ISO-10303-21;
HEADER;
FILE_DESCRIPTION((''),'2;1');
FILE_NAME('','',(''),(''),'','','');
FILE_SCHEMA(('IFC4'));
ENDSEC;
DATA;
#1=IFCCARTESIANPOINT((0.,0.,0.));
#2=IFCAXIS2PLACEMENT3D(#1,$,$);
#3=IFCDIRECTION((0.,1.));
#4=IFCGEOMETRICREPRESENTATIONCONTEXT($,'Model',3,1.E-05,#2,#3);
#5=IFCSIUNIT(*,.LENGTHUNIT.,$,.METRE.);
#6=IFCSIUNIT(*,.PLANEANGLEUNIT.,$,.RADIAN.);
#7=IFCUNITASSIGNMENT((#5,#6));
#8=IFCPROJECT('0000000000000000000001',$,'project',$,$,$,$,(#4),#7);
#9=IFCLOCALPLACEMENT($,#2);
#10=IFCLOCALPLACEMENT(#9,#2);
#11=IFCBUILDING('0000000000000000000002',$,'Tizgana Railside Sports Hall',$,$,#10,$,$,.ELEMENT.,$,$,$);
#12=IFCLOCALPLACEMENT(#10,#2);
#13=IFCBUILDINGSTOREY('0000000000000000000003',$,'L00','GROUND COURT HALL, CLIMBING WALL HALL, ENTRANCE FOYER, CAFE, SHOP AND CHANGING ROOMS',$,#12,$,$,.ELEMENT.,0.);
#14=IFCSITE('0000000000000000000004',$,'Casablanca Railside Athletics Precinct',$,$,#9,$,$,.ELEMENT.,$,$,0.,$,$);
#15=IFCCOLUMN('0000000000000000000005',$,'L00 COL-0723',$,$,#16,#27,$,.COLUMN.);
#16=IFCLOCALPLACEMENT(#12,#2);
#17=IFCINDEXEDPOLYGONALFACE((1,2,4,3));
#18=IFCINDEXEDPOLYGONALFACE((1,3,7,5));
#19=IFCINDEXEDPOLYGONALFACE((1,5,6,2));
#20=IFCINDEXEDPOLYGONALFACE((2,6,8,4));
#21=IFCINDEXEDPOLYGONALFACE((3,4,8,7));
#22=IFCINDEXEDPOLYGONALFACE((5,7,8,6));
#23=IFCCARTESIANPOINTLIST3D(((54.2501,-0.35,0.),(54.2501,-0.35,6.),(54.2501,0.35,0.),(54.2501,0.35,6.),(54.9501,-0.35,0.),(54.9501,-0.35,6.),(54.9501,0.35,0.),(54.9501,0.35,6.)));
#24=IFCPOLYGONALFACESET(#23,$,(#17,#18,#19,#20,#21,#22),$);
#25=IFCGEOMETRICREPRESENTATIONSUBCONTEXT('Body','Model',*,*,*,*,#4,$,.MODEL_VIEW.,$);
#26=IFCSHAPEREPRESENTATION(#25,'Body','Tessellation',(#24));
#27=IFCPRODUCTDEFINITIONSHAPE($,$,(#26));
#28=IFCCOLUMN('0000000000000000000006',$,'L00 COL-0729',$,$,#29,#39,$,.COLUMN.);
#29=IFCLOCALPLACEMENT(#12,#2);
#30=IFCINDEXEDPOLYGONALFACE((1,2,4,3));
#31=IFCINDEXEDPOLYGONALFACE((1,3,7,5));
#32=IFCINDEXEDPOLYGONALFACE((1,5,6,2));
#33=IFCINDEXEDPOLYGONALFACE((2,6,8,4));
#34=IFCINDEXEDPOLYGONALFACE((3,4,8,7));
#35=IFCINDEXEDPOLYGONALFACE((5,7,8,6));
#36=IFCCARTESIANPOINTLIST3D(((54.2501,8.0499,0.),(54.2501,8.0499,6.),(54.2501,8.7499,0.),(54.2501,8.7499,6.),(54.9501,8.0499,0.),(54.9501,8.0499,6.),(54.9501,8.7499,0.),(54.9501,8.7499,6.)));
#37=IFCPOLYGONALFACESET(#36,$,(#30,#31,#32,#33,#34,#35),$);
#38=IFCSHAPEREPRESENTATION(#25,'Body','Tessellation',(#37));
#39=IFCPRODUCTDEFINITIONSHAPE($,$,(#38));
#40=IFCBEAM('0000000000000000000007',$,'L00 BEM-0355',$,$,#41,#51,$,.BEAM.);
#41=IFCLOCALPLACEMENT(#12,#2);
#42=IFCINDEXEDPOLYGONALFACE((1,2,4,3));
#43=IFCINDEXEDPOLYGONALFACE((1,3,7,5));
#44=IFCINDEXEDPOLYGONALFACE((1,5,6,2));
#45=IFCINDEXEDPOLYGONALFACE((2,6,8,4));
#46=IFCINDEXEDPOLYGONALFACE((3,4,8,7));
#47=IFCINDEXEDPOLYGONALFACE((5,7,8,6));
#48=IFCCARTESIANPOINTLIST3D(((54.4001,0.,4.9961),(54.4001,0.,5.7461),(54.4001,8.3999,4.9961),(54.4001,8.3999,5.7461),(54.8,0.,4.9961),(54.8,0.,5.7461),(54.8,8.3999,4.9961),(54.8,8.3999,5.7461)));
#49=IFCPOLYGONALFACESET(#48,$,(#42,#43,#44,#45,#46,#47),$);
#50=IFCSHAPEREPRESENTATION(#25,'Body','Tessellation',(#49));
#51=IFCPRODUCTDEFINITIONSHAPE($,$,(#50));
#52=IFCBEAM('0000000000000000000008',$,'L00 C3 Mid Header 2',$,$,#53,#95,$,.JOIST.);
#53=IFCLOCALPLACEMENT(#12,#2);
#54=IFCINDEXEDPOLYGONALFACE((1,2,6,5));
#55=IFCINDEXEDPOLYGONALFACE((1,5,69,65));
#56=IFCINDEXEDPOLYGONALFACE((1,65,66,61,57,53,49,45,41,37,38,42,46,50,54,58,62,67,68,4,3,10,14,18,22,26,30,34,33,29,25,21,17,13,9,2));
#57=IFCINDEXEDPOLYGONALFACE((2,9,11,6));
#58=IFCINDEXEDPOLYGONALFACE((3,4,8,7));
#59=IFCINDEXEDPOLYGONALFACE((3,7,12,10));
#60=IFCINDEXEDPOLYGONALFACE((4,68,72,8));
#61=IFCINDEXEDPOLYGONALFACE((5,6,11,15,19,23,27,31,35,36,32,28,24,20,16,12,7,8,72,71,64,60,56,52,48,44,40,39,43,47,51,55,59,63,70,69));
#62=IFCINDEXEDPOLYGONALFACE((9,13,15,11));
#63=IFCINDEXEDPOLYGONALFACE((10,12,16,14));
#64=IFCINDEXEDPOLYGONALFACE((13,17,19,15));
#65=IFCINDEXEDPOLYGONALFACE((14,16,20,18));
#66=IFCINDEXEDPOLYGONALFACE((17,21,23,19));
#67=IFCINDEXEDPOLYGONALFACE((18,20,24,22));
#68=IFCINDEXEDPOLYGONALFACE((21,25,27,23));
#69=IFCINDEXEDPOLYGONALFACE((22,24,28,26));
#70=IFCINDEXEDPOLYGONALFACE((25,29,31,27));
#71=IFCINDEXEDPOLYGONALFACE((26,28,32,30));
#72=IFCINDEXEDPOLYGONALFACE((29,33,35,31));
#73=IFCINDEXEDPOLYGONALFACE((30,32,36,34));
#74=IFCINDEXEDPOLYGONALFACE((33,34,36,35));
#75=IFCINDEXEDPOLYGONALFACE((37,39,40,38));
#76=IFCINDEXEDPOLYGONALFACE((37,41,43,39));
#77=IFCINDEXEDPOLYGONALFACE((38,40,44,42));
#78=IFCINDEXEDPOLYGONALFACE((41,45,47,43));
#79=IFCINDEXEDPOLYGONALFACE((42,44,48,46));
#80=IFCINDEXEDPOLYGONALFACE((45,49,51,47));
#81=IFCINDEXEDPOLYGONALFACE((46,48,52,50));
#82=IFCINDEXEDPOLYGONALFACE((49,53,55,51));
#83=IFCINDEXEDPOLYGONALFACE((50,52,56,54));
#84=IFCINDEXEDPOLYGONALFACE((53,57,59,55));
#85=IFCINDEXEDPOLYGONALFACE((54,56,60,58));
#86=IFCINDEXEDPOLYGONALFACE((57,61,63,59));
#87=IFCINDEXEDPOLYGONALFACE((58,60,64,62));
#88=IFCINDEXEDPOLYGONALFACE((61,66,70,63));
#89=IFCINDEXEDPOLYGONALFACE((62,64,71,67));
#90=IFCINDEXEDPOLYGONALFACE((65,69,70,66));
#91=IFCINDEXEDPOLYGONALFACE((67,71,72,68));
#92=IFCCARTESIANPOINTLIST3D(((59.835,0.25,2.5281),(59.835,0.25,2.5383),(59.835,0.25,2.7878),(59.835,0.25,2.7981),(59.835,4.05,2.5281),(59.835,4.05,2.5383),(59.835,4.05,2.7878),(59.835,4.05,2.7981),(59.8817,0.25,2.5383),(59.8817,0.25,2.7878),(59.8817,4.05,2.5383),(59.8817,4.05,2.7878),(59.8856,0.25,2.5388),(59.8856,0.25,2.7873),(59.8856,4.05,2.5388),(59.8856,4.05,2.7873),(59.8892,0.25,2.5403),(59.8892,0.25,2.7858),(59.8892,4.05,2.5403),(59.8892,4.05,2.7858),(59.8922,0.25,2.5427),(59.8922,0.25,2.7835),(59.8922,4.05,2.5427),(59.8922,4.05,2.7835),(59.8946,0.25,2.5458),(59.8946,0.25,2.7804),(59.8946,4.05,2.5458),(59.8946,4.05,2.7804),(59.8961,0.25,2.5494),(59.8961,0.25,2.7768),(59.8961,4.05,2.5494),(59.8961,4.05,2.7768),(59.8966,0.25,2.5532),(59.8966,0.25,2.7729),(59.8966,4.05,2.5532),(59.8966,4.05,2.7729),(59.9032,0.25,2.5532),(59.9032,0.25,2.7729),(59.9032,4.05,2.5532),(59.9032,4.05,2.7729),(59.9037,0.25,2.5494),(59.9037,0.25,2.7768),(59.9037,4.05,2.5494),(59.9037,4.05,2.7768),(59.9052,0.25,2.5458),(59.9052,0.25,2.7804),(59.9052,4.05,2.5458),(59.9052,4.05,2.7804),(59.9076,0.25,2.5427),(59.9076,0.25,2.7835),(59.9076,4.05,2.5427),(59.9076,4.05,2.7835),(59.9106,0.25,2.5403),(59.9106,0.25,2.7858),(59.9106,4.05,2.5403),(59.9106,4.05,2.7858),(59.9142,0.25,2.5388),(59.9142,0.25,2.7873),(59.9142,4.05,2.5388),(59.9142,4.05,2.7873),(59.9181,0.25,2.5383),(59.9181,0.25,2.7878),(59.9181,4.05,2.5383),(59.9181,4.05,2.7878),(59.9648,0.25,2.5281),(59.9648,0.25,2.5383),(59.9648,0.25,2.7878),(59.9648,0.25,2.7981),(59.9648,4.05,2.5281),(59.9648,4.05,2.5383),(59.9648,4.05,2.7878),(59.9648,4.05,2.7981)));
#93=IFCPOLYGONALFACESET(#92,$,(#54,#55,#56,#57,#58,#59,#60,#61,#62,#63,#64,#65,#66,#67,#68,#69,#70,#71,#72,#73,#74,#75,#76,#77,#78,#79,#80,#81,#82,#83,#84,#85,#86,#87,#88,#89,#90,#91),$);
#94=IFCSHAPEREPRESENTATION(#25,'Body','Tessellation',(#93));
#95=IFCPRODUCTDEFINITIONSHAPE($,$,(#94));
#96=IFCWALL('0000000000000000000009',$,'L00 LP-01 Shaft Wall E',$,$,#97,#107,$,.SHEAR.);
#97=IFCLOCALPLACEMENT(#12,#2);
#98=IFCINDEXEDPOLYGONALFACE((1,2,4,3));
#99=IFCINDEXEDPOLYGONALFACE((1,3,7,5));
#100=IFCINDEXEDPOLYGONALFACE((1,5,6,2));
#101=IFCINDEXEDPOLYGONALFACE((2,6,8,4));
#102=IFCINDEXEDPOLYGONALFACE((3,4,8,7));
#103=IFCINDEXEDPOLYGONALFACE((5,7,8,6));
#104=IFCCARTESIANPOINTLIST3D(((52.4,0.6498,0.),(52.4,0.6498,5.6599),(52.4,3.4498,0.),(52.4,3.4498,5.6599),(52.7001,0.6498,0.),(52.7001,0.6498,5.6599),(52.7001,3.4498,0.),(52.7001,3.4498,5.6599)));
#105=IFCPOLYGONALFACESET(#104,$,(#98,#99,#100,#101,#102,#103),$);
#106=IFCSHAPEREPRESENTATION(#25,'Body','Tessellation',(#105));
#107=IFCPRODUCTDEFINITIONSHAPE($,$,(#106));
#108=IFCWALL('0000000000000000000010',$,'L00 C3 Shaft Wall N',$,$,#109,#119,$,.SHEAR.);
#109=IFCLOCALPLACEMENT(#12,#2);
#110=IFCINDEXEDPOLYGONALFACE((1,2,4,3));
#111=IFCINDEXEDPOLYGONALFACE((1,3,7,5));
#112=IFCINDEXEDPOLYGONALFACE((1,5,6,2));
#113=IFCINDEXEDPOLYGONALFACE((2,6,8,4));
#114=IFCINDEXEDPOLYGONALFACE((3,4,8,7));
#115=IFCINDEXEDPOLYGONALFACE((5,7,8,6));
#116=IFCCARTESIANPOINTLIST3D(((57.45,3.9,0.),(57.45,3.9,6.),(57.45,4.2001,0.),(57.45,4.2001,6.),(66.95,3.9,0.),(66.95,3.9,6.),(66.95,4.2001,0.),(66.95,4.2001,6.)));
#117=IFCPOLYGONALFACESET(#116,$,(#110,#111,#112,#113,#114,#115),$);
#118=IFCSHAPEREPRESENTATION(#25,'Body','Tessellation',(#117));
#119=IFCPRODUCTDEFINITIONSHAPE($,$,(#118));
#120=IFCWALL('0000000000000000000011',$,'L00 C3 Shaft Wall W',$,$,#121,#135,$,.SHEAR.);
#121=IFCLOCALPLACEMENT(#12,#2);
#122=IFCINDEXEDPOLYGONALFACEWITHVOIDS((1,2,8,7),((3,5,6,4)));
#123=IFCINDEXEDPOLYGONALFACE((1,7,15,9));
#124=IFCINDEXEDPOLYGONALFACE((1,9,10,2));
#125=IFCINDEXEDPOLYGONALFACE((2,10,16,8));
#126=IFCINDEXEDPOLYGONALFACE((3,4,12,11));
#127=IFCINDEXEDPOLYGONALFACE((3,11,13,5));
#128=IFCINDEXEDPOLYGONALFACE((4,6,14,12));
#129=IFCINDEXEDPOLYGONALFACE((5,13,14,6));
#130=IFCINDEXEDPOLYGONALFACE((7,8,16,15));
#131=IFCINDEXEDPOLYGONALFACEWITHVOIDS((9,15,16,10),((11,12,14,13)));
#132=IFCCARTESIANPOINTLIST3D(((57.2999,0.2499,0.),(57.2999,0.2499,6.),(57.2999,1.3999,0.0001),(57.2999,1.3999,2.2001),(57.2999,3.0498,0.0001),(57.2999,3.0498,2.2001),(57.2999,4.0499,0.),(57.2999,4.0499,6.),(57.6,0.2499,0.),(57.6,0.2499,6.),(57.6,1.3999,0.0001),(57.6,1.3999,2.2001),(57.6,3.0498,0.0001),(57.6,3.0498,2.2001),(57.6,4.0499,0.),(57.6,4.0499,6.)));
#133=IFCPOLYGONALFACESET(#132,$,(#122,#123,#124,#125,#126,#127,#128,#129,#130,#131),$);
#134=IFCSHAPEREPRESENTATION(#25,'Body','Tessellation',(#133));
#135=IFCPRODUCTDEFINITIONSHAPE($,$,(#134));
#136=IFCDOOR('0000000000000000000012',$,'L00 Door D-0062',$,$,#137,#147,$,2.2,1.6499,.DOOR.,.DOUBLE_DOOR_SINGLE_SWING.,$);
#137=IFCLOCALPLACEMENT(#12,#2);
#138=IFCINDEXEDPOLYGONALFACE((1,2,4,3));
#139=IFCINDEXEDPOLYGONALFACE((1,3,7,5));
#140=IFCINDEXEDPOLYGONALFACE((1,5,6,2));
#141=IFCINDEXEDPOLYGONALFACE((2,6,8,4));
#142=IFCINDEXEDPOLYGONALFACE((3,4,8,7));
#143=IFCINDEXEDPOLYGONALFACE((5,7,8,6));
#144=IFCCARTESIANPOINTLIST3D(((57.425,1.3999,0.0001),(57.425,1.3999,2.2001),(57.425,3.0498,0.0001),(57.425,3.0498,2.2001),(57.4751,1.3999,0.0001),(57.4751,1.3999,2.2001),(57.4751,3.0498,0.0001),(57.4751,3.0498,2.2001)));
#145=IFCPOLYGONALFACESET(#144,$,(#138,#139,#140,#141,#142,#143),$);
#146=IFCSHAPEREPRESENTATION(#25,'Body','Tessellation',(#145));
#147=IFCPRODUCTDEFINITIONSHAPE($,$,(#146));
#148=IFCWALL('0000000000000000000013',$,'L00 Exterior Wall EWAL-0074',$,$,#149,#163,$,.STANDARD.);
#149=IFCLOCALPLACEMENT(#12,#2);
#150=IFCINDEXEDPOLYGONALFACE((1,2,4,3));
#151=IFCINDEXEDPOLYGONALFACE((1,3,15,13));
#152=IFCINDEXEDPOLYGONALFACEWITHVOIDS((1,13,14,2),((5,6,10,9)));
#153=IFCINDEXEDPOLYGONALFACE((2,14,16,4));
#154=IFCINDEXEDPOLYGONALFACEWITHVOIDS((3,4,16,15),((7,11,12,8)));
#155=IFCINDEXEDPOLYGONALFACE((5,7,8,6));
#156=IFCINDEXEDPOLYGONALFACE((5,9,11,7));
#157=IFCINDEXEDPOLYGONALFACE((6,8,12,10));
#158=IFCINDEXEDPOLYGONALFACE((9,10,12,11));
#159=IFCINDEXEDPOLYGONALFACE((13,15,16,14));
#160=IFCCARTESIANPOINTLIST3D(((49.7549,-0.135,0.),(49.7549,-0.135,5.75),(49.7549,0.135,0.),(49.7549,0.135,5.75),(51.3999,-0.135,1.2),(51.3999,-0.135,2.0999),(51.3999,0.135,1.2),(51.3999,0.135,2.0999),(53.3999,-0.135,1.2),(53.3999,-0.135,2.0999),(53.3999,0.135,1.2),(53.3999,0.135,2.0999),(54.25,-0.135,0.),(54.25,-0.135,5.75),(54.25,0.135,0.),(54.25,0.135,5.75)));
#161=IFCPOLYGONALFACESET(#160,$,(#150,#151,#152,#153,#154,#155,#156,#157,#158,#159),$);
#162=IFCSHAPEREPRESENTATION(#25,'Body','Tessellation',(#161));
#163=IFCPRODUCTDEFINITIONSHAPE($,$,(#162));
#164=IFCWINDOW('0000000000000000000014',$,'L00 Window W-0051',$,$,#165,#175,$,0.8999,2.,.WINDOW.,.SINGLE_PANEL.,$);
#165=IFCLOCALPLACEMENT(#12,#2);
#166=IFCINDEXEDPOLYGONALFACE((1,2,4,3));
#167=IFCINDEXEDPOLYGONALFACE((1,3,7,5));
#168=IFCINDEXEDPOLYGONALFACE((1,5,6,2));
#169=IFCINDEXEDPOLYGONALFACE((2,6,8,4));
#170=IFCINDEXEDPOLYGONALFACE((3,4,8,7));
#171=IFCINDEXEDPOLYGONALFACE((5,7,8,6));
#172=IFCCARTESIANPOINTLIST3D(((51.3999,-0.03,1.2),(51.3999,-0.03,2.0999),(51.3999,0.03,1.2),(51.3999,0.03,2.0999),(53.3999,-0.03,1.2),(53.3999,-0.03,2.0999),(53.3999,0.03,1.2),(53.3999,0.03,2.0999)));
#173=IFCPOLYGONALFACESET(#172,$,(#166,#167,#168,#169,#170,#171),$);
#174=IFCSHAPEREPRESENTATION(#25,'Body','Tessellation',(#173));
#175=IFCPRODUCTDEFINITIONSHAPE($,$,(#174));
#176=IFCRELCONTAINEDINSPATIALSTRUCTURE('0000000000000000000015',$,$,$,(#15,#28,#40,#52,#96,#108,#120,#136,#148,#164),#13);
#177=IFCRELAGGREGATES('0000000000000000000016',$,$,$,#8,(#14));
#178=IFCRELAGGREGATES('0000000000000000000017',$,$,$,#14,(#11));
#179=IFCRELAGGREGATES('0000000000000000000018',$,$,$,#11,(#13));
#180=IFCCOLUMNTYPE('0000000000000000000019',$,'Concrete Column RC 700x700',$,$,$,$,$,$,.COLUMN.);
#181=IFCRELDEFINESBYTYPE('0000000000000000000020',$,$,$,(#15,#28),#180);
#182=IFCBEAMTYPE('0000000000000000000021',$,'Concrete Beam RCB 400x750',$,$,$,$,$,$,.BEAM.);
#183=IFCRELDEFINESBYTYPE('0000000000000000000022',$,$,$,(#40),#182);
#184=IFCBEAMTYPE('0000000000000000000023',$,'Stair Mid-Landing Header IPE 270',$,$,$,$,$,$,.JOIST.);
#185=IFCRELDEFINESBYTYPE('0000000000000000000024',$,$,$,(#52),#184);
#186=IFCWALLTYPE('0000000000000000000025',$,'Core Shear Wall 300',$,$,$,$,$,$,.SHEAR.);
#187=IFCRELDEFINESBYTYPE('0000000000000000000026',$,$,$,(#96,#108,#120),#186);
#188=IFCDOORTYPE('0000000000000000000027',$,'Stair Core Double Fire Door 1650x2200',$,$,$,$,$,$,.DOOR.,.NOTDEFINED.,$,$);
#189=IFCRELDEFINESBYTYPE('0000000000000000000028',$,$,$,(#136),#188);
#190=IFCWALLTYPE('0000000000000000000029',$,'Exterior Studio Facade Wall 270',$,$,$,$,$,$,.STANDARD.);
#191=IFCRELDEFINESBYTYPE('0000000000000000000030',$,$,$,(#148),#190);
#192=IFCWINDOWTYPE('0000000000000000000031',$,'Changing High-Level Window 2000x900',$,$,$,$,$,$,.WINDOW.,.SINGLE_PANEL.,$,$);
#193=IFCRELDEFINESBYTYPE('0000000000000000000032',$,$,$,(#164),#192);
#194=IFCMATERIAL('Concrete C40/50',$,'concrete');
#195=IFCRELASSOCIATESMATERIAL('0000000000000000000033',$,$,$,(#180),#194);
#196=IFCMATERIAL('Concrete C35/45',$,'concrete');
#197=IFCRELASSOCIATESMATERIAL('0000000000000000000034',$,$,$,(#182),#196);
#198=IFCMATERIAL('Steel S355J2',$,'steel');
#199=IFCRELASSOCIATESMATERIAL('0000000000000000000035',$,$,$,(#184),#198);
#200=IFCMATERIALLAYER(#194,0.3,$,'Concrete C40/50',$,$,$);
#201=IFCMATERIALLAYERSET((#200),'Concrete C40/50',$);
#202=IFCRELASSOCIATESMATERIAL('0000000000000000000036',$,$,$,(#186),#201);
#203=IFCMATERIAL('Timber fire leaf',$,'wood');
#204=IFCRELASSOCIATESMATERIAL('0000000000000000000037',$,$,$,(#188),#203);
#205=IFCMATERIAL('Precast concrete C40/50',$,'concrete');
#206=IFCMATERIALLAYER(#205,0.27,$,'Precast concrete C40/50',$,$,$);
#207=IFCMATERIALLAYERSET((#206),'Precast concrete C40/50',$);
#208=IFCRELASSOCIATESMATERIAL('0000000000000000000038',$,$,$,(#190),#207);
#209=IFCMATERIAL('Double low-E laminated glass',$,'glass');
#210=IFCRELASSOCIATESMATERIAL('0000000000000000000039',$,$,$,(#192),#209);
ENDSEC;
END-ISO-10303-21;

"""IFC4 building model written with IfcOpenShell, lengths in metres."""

from ifc_helpers import new_model, si_unit, direction, frame, frame_2d, origin, origin_2d, place, context, subcontext, project, spatial, rectangle, i_section, extrude, material, layer, layer_set, material_profile, profile_set, type_object, element, fill, save


model = new_model("IFC4")

# Units and contexts
model_context = context("Model", 3, precision=1e-05, world=origin(), true_north=direction((0.0, 1.0)))
body_context = subcontext(model_context, "Body", "Model", "MODEL_VIEW")
ifc_project = project(units=[si_unit("LENGTHUNIT", "METRE"), si_unit("PLANEANGLEUNIT", "RADIAN")], contexts=[model_context])

# Site, building, storey
site_placement = place(None, origin())
site = spatial("IfcSite", under=ifc_project, at=site_placement, Name="Casablanca Railside Athletics Precinct", CompositionType="ELEMENT", RefElevation=0.0)
building_placement = place(site_placement, origin())
building = spatial("IfcBuilding", under=site, at=building_placement, Name="Tizgana Railside Sports Hall", CompositionType="ELEMENT")
storey_placement = place(building_placement, origin())
storey = spatial("IfcBuildingStorey", under=building, at=storey_placement, Name="L00", Description="GROUND COURT HALL, CLIMBING WALL HALL, ENTRANCE FOYER, CAFE, SHOP AND CHANGING ROOMS", CompositionType="ELEMENT", Elevation=0.0)

# Columns
ifc_material_1 = material(Name="Concrete C40/50", Category="concrete")
ifc_material_profile_1 = material_profile(ifc_material_1, rectangle(XDim=0.7, YDim=0.7, at=origin_2d()), Name="RC 700x700")
ifc_profile_set_1 = profile_set([ifc_material_profile_1], Name="Concrete C40/50")
column_type = type_object("IfcColumnType", Name="Concrete Column RC 700x700", PredefinedType="COLUMN", material=ifc_profile_set_1)
for number, where, z_axis, x_axis, name in (
    (1, (54.6001, 0.0, 0.0), (0.0, 0.0, 1.0), (1.0, 0.0, 0.0), "L00 COL-0723"),
    (2, (54.6001, 8.3999, 0.0), (0.0, 0.0, 1.0), (1.0, 0.0, 0.0), "L00 COL-0729"),
):
    element("IfcColumn", number, at=place(storey_placement, frame(where, z_axis=z_axis, x_axis=x_axis)), inside=storey, type_object=column_type, Name=name, PredefinedType="COLUMN", context=body_context, shape_type="SweptSolid", body=[
        extrude(rectangle(XDim=0.7, YDim=0.7, at=origin_2d()), origin(), (0.0, 0.0, 1.0), 6.0),
    ])

# Beams
ifc_material_2 = material(Name="Concrete C35/45", Category="concrete")
ifc_material_profile_2 = material_profile(ifc_material_2, rectangle(XDim=0.3999, YDim=0.75, at=origin_2d()), Name="RCB 400x750")
ifc_profile_set_2 = profile_set([ifc_material_profile_2], Name="Concrete C35/45")
beam_type_1 = type_object("IfcBeamType", Name="Concrete Beam RCB 400x750", PredefinedType="BEAM", material=ifc_profile_set_2)
beam_1_placement = place(storey_placement, frame((54.6001, 0.0, 5.3711), z_axis=(0.0, 1.0, 0.0), x_axis=(-1.0, 0.0, 0.0)))
element("IfcBeam", 3, at=beam_1_placement, inside=storey, type_object=beam_type_1, Name="L00 BEM-0355", PredefinedType="BEAM", context=body_context, shape_type="SweptSolid", body=[
    extrude(rectangle(XDim=0.3999, YDim=0.75, at=origin_2d()), origin(), (0.0, 0.0, 1.0), 8.3999),
])
ifc_material_3 = material(Name="Steel S355J2", Category="steel")
ifc_material_profile_3 = material_profile(ifc_material_3, i_section(OverallWidth=0.1299, OverallDepth=0.27, WebThickness=0.0066, FlangeThickness=0.0103, FilletRadius=0.0149, at=origin_2d()), Name="IPE 270")
ifc_profile_set_3 = profile_set([ifc_material_profile_3], Name="Steel S355J2")
beam_type_2 = type_object("IfcBeamType", Name="Stair Mid-Landing Header IPE 270", PredefinedType="JOIST", material=ifc_profile_set_3)
beam_2_placement = place(storey_placement, frame((59.8999, 0.25, 2.6631), z_axis=(0.0, 1.0, 0.0), x_axis=(-1.0, 0.0, 0.0)))
element("IfcBeam", 4, at=beam_2_placement, inside=storey, type_object=beam_type_2, Name="L00 C3 Mid Header 2", PredefinedType="JOIST", context=body_context, shape_type="SweptSolid", body=[
    extrude(i_section(OverallWidth=0.1299, OverallDepth=0.27, WebThickness=0.0066, FlangeThickness=0.0103, FilletRadius=0.0149, at=origin_2d()), origin(), (0.0, 0.0, 1.0), 3.8),
])

# Walls
ifc_layer_1 = layer(ifc_material_1, 0.3, Name="Concrete C40/50")
ifc_layer_set_1 = layer_set([ifc_layer_1], Name="Concrete C40/50")
wall_type_1 = type_object("IfcWallType", Name="Core Shear Wall 300", PredefinedType="SHEAR", material=ifc_layer_set_1)
wall_1_placement = place(storey_placement, frame((52.55, 0.6499, 0.0), z_axis=(0.0, 0.0, 1.0), x_axis=(0.0, 1.0, 0.0)))
element("IfcWall", 5, at=wall_1_placement, inside=storey, type_object=wall_type_1, Name="L00 LP-01 Shaft Wall E", PredefinedType="SHEAR", context=body_context, shape_type="SweptSolid", body=[
    extrude(rectangle(XDim=2.8, YDim=0.3, at=frame_2d((1.3999, 0.0))), origin(), (0.0, 0.0, 1.0), 5.6599),
])
wall_2_placement = place(storey_placement, frame((57.45, 4.05, 0.0), z_axis=(0.0, 0.0, 1.0), x_axis=(1.0, 0.0, 0.0)))
element("IfcWall", 6, at=wall_2_placement, inside=storey, type_object=wall_type_1, Name="L00 C3 Shaft Wall N", PredefinedType="SHEAR", context=body_context, shape_type="SweptSolid", body=[
    extrude(rectangle(XDim=9.5, YDim=0.3, at=frame_2d((4.75, 0.0))), origin(), (0.0, 0.0, 1.0), 6.0),
])

# Wall, opening, door
wall_3_placement = place(storey_placement, frame((57.45, 0.25, 0.0), z_axis=(0.0, 0.0, 1.0), x_axis=(0.0, 1.0, 0.0)))
wall_3 = element("IfcWall", 7, at=wall_3_placement, inside=storey, type_object=wall_type_1, Name="L00 C3 Shaft Wall W", PredefinedType="SHEAR", context=body_context, shape_type="SweptSolid", body=[
    extrude(rectangle(XDim=3.8, YDim=0.3, at=frame_2d((1.8999, 0.0))), origin(), (0.0, 0.0, 1.0), 6.0),
])
opening_1_placement = place(wall_3_placement, frame((1.1499, 0.0, 0.0)))
opening_1 = element("IfcOpeningElement", 8, at=opening_1_placement, cuts=wall_3, PredefinedType="OPENING", context=body_context, shape_type="SweptSolid", body=[
    extrude(rectangle(XDim=1.6499, YDim=2.2, at=frame_2d((0.825, 1.1001))), frame((0.0, 0.1599, 0.0), z_axis=(0.0, -1.0, 0.0), x_axis=(1.0, 0.0, 0.0)), (0.0, 0.0, 1.0), 0.3201),
])
ifc_material_4 = material(Name="Timber fire leaf", Category="wood")
door_type_1 = type_object("IfcDoorType", Name="Stair Core Double Fire Door 1650x2200", OperationType="NOTDEFINED", PredefinedType="DOOR", material=ifc_material_4)
door_1_placement = place(opening_1_placement, origin())
door_1 = element("IfcDoor", 9, at=door_1_placement, inside=storey, type_object=door_type_1, Name="L00 Door D-0062", OperationType="DOUBLE_DOOR_SINGLE_SWING", OverallHeight=2.2, OverallWidth=1.6499, PredefinedType="DOOR", context=body_context, shape_type="SweptSolid", body=[
    extrude(rectangle(XDim=1.6499, YDim=2.2, at=frame_2d((0.825, 1.1001))), frame((0.0, 0.0249, 0.0), z_axis=(0.0, -1.0, 0.0), x_axis=(1.0, 0.0, 0.0)), (0.0, 0.0, 1.0), 0.05),
])
fill(opening_1, door_1)

# Wall, opening, window
ifc_material_5 = material(Name="Precast concrete C40/50", Category="concrete")
ifc_layer_2 = layer(ifc_material_5, 0.27, Name="Precast concrete C40/50")
ifc_layer_set_2 = layer_set([ifc_layer_2], Name="Precast concrete C40/50")
wall_type_2 = type_object("IfcWallType", Name="Exterior Studio Facade Wall 270", PredefinedType="STANDARD", material=ifc_layer_set_2)
wall_4_placement = place(storey_placement, frame((54.25, 0.0, 0.0), z_axis=(0.0, 0.0, 1.0), x_axis=(-1.0, 0.0, 0.0)))
wall_4 = element("IfcWall", 10, at=wall_4_placement, inside=storey, type_object=wall_type_2, Name="L00 Exterior Wall EWAL-0074", PredefinedType="STANDARD", context=body_context, shape_type="SweptSolid", body=[
    extrude(rectangle(XDim=4.4951, YDim=0.27, at=frame_2d((2.2476, 0.0))), origin(), (0.0, 0.0, 1.0), 5.75),
])
opening_2_placement = place(wall_4_placement, frame((0.8501, 0.0, 1.2)))
opening_2 = element("IfcOpeningElement", 11, at=opening_2_placement, cuts=wall_4, PredefinedType="OPENING", context=body_context, shape_type="SweptSolid", body=[
    extrude(rectangle(XDim=2.0, YDim=0.8999, at=frame_2d((1.0, 0.45))), frame((0.0, 0.145, 0.0), z_axis=(0.0, -1.0, 0.0), x_axis=(1.0, 0.0, 0.0)), (0.0, 0.0, 1.0), 0.29),
])
ifc_material_6 = material(Name="Double low-E laminated glass", Category="glass")
window_type_1 = type_object("IfcWindowType", Name="Changing High-Level Window 2000x900", PartitioningType="SINGLE_PANEL", PredefinedType="WINDOW", material=ifc_material_6)
window_1_placement = place(opening_2_placement, origin())
window_1 = element("IfcWindow", 12, at=window_1_placement, inside=storey, type_object=window_type_1, Name="L00 Window W-0051", OverallHeight=0.8999, OverallWidth=2.0, PartitioningType="SINGLE_PANEL", PredefinedType="WINDOW", context=body_context, shape_type="SweptSolid", body=[
    extrude(rectangle(XDim=2.0, YDim=0.8999, at=frame_2d((1.0, 0.45))), frame((0.0, 0.03, 0.0), z_axis=(0.0, -1.0, 0.0), x_axis=(1.0, 0.0, 0.0)), (0.0, 0.0, 1.0), 0.0601),
])
fill(opening_2, window_1)

save(model, "model.ifc")
